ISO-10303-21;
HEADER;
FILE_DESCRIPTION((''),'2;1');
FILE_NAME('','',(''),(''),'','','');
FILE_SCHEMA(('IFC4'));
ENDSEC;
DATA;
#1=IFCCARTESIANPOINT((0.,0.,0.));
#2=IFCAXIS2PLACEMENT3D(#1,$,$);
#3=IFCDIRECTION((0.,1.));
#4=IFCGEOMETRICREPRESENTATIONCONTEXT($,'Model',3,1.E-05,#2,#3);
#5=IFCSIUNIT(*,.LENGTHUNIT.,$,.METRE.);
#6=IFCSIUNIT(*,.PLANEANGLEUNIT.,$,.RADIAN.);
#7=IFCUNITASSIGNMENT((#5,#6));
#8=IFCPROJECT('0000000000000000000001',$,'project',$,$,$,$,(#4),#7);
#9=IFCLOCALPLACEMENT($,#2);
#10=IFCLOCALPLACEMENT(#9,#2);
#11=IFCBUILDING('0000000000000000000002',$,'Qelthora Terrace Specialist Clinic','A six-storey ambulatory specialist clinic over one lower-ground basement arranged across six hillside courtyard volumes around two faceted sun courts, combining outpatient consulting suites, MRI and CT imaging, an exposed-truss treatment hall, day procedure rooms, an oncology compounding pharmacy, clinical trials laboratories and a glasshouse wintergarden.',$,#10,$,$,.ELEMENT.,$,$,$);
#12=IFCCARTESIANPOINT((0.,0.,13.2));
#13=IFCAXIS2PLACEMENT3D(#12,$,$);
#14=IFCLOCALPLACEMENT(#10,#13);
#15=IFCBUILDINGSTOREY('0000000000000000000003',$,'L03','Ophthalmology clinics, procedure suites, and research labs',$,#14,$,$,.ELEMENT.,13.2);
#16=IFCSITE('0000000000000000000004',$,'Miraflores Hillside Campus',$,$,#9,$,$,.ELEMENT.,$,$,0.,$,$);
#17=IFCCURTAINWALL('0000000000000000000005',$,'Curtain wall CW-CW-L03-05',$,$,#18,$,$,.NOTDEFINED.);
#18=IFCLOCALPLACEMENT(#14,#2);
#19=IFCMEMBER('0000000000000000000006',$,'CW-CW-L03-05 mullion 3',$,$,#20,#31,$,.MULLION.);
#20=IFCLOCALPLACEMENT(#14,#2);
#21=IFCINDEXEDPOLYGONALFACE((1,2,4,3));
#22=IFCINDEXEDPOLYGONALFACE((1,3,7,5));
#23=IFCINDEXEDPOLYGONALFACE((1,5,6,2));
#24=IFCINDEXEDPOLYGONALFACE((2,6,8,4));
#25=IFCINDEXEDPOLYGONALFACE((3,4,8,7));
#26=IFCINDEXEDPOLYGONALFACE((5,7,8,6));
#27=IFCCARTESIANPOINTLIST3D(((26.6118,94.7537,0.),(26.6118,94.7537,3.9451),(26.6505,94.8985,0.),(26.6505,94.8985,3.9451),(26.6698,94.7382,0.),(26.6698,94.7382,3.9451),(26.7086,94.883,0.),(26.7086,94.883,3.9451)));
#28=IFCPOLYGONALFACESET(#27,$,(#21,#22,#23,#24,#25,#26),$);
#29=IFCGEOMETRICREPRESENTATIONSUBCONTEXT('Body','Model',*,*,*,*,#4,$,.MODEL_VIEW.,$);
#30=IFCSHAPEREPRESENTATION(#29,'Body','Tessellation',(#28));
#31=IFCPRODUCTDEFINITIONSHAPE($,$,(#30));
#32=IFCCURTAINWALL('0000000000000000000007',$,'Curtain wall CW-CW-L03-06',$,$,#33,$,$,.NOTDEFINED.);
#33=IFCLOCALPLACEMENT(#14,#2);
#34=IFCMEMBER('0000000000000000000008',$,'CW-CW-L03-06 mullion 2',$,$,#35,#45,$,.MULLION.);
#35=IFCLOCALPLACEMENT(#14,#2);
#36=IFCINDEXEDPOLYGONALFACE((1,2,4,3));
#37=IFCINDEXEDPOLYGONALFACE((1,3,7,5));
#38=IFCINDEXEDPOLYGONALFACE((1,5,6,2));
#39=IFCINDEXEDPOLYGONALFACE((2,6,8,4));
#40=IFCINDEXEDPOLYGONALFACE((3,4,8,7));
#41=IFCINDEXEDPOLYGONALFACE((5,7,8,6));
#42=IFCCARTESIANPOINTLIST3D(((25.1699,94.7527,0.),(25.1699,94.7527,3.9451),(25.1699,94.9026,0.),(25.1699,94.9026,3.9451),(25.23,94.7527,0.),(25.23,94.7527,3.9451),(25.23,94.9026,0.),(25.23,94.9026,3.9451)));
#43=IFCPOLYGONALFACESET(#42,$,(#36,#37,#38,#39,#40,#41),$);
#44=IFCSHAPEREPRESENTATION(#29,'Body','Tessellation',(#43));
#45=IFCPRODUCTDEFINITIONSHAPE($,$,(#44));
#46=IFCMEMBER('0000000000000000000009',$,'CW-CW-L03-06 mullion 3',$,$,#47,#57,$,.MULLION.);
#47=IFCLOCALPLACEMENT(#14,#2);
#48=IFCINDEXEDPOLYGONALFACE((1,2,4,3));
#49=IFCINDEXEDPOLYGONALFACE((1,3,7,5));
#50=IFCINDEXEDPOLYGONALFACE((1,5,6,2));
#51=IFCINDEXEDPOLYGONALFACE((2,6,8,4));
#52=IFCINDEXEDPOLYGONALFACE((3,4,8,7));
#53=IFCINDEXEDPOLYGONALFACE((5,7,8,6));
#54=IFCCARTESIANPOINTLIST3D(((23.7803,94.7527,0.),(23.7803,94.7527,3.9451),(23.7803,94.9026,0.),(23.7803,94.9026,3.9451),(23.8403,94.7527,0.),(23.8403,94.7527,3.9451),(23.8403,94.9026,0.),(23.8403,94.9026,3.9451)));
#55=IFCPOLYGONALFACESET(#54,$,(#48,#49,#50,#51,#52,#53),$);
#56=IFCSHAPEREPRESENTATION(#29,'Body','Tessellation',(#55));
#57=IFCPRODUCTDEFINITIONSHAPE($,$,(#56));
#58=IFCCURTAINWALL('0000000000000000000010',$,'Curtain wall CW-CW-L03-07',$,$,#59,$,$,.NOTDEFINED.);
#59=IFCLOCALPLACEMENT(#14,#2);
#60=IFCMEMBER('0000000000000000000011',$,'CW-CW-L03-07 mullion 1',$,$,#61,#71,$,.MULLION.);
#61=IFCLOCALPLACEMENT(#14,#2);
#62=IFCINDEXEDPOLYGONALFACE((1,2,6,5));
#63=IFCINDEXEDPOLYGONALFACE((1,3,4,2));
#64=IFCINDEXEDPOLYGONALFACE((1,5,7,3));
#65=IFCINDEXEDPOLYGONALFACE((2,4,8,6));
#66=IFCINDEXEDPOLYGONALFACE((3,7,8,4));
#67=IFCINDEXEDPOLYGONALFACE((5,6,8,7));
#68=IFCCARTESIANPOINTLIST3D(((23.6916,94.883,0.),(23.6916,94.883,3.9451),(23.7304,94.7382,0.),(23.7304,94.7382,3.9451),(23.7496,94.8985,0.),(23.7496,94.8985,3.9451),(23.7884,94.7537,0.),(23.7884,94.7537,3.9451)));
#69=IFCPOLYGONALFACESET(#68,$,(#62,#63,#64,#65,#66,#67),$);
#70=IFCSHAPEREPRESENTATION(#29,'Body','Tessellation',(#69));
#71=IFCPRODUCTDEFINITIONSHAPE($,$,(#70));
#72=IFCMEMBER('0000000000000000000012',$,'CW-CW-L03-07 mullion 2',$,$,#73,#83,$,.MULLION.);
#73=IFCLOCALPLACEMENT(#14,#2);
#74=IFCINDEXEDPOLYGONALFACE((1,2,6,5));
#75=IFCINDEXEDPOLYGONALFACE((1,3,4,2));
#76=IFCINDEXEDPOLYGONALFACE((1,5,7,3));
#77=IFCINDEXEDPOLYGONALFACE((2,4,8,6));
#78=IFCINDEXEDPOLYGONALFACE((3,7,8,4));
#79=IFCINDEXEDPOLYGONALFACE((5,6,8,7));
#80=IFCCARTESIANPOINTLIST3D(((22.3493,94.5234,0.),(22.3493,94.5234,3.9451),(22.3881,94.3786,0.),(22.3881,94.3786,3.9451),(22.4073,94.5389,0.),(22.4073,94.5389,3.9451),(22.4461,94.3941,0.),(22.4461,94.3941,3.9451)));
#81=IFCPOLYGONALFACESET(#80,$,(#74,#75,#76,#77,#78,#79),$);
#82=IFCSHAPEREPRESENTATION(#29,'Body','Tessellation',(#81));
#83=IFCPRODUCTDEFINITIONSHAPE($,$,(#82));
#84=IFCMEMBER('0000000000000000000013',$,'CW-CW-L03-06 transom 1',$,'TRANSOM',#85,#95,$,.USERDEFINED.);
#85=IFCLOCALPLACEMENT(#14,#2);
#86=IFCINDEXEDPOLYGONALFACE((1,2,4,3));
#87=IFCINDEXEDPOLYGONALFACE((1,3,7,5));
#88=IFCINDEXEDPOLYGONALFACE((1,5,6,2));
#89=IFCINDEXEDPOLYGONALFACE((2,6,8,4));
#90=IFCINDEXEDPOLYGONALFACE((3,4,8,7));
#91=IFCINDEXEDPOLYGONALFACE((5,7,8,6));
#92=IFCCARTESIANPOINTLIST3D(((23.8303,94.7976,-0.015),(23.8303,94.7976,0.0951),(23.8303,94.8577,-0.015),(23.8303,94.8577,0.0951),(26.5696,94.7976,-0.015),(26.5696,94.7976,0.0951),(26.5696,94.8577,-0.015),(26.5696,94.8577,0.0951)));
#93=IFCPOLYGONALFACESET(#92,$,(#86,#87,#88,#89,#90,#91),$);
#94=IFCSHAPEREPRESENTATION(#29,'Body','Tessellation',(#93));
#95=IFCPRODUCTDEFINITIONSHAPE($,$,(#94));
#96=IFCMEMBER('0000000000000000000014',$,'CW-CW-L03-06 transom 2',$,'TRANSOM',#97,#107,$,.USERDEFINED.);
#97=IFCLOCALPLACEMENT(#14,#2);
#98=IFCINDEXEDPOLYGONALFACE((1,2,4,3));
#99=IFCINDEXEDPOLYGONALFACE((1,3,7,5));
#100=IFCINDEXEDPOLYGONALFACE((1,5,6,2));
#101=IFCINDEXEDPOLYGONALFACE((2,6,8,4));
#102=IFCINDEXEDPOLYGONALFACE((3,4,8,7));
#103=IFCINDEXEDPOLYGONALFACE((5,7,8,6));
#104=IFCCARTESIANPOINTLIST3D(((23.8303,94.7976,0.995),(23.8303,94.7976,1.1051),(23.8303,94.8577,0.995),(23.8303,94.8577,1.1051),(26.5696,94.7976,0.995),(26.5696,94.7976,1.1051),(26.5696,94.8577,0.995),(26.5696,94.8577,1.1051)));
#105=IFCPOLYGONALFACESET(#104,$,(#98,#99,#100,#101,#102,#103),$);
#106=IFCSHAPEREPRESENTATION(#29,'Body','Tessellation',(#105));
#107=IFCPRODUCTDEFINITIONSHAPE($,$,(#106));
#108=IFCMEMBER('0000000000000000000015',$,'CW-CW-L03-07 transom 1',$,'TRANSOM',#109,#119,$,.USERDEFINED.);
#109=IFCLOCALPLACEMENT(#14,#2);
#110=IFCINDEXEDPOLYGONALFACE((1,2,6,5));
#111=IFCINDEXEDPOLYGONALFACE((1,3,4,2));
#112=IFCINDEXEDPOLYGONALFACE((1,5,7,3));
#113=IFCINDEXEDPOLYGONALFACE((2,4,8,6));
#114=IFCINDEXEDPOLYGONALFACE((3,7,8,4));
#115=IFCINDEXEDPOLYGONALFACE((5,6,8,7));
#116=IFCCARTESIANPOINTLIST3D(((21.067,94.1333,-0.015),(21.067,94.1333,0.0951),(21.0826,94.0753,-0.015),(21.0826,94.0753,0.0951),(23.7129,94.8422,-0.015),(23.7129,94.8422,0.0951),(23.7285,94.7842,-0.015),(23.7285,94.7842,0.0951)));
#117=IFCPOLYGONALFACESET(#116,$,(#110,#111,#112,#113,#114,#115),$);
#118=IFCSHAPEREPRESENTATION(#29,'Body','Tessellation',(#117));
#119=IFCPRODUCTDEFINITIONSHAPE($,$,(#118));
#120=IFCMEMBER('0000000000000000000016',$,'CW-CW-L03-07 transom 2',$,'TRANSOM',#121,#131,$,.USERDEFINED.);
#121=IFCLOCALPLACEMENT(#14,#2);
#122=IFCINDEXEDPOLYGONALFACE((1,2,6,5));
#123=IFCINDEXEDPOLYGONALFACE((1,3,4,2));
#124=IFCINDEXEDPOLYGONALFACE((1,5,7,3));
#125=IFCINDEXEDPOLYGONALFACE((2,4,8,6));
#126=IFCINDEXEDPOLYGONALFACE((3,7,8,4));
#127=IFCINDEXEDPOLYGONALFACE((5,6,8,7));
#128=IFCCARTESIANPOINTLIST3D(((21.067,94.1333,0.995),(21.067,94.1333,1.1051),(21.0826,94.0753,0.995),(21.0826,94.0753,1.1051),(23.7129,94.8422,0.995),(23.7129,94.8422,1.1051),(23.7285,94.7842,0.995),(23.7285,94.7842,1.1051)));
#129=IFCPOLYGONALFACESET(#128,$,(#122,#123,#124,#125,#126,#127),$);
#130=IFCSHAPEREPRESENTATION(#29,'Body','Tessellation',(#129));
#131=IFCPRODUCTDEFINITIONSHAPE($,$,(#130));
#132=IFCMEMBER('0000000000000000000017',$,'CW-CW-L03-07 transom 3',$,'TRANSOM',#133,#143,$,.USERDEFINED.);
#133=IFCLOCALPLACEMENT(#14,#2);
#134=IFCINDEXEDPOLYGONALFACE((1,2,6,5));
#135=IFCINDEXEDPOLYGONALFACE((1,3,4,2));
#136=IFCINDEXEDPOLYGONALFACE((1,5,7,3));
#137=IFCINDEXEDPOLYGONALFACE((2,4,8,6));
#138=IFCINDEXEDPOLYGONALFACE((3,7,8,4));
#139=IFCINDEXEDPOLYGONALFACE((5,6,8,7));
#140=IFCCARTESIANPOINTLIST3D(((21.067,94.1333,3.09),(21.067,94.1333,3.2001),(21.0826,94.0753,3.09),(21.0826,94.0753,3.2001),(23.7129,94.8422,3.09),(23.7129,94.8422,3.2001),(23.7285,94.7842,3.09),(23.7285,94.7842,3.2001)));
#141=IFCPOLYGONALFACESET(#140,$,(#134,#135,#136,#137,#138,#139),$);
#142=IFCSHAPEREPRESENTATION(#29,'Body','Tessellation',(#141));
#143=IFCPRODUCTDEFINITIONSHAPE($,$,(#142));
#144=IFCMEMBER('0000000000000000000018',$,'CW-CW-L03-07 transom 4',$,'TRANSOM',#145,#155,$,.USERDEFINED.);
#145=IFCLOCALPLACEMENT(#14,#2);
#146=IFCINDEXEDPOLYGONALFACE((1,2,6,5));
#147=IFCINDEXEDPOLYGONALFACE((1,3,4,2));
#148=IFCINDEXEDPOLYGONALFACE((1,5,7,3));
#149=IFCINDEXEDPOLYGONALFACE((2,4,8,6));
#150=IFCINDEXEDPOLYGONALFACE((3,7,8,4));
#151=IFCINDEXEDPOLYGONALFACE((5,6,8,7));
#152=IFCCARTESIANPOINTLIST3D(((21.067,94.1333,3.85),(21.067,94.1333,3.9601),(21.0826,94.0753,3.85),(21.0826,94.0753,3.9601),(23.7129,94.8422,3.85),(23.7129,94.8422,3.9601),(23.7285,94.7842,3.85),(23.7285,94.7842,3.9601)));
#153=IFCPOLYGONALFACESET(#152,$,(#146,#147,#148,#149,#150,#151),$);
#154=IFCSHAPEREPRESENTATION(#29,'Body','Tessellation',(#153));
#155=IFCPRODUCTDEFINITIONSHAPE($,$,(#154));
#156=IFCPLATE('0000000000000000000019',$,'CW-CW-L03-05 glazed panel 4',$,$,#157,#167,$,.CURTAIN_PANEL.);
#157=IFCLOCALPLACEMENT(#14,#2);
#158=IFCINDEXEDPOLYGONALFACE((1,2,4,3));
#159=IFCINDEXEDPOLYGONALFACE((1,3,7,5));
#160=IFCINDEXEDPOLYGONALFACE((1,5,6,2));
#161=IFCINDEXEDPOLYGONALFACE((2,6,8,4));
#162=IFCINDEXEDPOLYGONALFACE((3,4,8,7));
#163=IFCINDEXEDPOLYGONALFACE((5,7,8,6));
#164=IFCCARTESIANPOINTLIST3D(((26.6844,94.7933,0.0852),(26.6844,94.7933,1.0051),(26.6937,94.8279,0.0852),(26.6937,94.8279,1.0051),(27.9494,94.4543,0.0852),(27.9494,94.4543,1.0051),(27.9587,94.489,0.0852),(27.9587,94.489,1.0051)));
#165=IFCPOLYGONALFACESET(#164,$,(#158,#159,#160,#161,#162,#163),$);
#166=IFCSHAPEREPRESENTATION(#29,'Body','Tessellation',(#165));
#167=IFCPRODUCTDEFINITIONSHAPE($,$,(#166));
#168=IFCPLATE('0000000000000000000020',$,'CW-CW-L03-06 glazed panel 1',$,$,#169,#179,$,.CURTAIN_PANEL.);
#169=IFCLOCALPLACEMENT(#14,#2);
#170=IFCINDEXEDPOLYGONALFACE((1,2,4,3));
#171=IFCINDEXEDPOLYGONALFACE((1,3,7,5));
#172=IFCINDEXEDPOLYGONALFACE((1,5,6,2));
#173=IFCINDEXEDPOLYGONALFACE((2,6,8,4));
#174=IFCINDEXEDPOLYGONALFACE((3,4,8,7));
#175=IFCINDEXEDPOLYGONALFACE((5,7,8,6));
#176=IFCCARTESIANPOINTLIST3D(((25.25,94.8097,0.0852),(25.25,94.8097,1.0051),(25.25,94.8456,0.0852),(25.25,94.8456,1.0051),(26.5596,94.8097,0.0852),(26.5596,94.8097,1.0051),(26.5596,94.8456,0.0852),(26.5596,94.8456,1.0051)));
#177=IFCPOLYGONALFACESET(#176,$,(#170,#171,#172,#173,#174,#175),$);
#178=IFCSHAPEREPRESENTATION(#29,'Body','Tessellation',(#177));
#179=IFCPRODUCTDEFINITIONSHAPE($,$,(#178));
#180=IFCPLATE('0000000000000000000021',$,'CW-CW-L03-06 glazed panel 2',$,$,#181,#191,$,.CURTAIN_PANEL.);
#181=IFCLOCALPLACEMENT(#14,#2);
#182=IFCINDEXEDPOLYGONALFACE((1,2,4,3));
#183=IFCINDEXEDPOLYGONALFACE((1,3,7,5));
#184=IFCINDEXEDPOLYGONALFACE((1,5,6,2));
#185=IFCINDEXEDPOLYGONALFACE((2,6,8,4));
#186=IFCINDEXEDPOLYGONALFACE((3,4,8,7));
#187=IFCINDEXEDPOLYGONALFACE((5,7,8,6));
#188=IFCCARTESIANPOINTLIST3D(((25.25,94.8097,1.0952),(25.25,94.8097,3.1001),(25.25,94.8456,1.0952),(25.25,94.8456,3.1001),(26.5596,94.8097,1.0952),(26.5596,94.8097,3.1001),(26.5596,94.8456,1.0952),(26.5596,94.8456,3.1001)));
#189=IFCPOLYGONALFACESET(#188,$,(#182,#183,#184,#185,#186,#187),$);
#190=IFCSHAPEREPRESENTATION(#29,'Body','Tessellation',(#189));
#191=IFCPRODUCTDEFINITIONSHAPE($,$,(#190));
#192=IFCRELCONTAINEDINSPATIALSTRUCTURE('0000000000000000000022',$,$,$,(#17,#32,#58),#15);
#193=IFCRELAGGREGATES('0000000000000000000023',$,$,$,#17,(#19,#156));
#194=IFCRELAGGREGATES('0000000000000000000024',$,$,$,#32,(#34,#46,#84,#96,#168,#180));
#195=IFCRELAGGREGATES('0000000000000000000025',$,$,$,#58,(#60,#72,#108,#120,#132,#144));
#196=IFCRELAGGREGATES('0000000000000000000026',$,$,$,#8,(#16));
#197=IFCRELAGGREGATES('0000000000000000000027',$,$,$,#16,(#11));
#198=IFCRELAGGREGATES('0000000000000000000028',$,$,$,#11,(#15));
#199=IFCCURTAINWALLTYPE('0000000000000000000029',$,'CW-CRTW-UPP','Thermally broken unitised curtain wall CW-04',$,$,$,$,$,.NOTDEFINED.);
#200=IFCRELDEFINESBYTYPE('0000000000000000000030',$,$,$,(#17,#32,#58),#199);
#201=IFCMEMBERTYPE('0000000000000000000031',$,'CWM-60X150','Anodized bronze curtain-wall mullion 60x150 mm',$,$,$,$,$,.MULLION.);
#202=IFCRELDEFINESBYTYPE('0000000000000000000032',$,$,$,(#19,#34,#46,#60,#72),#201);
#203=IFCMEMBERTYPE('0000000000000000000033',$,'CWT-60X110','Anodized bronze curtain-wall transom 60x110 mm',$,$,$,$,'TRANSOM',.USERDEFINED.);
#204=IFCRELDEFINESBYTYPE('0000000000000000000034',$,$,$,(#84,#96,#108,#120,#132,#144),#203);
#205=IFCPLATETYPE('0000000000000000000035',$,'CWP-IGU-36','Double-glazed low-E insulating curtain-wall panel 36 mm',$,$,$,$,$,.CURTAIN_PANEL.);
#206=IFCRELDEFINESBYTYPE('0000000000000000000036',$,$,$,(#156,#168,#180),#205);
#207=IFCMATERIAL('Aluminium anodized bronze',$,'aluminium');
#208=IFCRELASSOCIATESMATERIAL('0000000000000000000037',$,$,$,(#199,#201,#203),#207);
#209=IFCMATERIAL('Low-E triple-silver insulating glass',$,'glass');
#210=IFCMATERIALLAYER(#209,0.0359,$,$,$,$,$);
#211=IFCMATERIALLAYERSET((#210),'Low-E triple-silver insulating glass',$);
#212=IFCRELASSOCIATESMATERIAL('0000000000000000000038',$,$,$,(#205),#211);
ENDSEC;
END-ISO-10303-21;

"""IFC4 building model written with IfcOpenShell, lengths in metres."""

from ifc_helpers import new_model, si_unit, direction, frame, origin, origin_2d, place, context, subcontext, project, spatial, rectangle, extrude, material, layer, layer_set, material_profile, profile_set, type_object, element, aggregate, save


model = new_model("IFC4")

# Units and contexts
model_context = context("Model", 3, precision=1e-05, world=origin(), true_north=direction((0.0, 1.0)))
body_context = subcontext(model_context, "Body", "Model", "MODEL_VIEW")
ifc_project = project(units=[si_unit("LENGTHUNIT", "METRE"), si_unit("PLANEANGLEUNIT", "RADIAN")], contexts=[model_context])

# Site, building, storey
site_placement = place(None, origin())
site = spatial("IfcSite", under=ifc_project, at=site_placement, Name="Miraflores Hillside Campus", CompositionType="ELEMENT", RefElevation=0.0)
building_placement = place(site_placement, origin())
building = spatial("IfcBuilding", under=site, at=building_placement, Name="Qelthora Terrace Specialist Clinic", Description="A six-storey ambulatory specialist clinic over one lower-ground basement arranged across six hillside courtyard volumes around two faceted sun courts, combining outpatient consulting suites, MRI and CT imaging, an exposed-truss treatment hall, day procedure rooms, an oncology compounding pharmacy, clinical trials laboratories and a glasshouse wintergarden.", CompositionType="ELEMENT")
storey_placement = place(building_placement, frame((0.0, 0.0, 13.2)))
storey = spatial("IfcBuildingStorey", under=building, at=storey_placement, Name="L03", Description="Ophthalmology clinics, procedure suites, and research labs", CompositionType="ELEMENT", Elevation=13.2)

# Curtain wall, member
ifc_material_1 = material(Name="Aluminium anodized bronze", Category="aluminium")
curtain_wall_type = type_object("IfcCurtainWallType", Name="CW-CRTW-UPP", Description="Thermally broken unitised curtain wall CW-04", PredefinedType="NOTDEFINED", material=ifc_material_1)
curtain_wall_1_placement = place(storey_placement, origin())
curtain_wall_1 = element("IfcCurtainWall", 1, at=curtain_wall_1_placement, inside=storey, type_object=curtain_wall_type, Name="Curtain wall CW-CW-L03-05", PredefinedType="NOTDEFINED")
ifc_material_profile_1 = material_profile(ifc_material_1, rectangle(XDim=0.0601, YDim=0.1499, at=origin_2d()), Name="CWM60X150")
ifc_profile_set_1 = profile_set([ifc_material_profile_1], Name="Aluminium anodized bronze")
member_type_1 = type_object("IfcMemberType", Name="CWM-60X150", Description="Anodized bronze curtain-wall mullion 60x150 mm", PredefinedType="MULLION", material=ifc_profile_set_1)
member_1_placement = place(storey_placement, frame((26.6602, 94.8184, 0.0), z_axis=(0.0, 0.0, 1.0), x_axis=(-0.965925, 0.25882, 0.0)))
member_1 = element("IfcMember", 2, at=member_1_placement, type_object=member_type_1, Name="CW-CW-L03-05 mullion 3", PredefinedType="MULLION", context=body_context, shape_type="SweptSolid", body=[
    extrude(rectangle(XDim=0.0601, YDim=0.1499, at=origin_2d()), origin(), (0.0, 0.0, 1.0), 3.9451),
])

# Curtain walls, members
curtain_wall_2_placement = place(storey_placement, origin())
curtain_wall_2 = element("IfcCurtainWall", 3, at=curtain_wall_2_placement, inside=storey, type_object=curtain_wall_type, Name="Curtain wall CW-CW-L03-06", PredefinedType="NOTDEFINED")
member_2_placement = place(storey_placement, frame((25.2, 94.8276, 0.0), z_axis=(0.0, 0.0, 1.0), x_axis=(-1.0, 0.0, 0.0)))
member_2 = element("IfcMember", 4, at=member_2_placement, type_object=member_type_1, Name="CW-CW-L03-06 mullion 2", PredefinedType="MULLION", context=body_context, shape_type="SweptSolid", body=[
    extrude(rectangle(XDim=0.0601, YDim=0.1499, at=origin_2d()), origin(), (0.0, 0.0, 1.0), 3.9451),
])
member_3_placement = place(storey_placement, frame((23.8103, 94.8276, 0.0), z_axis=(0.0, 0.0, 1.0), x_axis=(-1.0, 0.0, 0.0)))
member_3 = element("IfcMember", 5, at=member_3_placement, type_object=member_type_1, Name="CW-CW-L03-06 mullion 3", PredefinedType="MULLION", context=body_context, shape_type="SweptSolid", body=[
    extrude(rectangle(XDim=0.0601, YDim=0.1499, at=origin_2d()), origin(), (0.0, 0.0, 1.0), 3.9451),
])
curtain_wall_3_placement = place(storey_placement, origin())
curtain_wall_3 = element("IfcCurtainWall", 6, at=curtain_wall_3_placement, inside=storey, type_object=curtain_wall_type, Name="Curtain wall CW-CW-L03-07", PredefinedType="NOTDEFINED")
member_4_placement = place(storey_placement, frame((23.74, 94.8184, 0.0), z_axis=(0.0, 0.0, 1.0), x_axis=(-0.965925, -0.25882, 0.0)))
member_4 = element("IfcMember", 7, at=member_4_placement, type_object=member_type_1, Name="CW-CW-L03-07 mullion 1", PredefinedType="MULLION", context=body_context, shape_type="SweptSolid", body=[
    extrude(rectangle(XDim=0.0601, YDim=0.1499, at=origin_2d()), origin(), (0.0, 0.0, 1.0), 3.9451),
])
member_5_placement = place(storey_placement, frame((22.3977, 94.4587, 0.0), z_axis=(0.0, 0.0, 1.0), x_axis=(-0.965925, -0.25882, 0.0)))
member_5 = element("IfcMember", 8, at=member_5_placement, type_object=member_type_1, Name="CW-CW-L03-07 mullion 2", PredefinedType="MULLION", context=body_context, shape_type="SweptSolid", body=[
    extrude(rectangle(XDim=0.0601, YDim=0.1499, at=origin_2d()), origin(), (0.0, 0.0, 1.0), 3.9451),
])

# Members
ifc_material_profile_2 = material_profile(ifc_material_1, rectangle(XDim=0.0601, YDim=0.1101, at=origin_2d()), Name="CWT60X110")
ifc_profile_set_2 = profile_set([ifc_material_profile_2], Name="Aluminium anodized bronze")
member_type_2 = type_object("IfcMemberType", Name="CWT-60X110", Description="Anodized bronze curtain-wall transom 60x110 mm", ElementType="TRANSOM", PredefinedType="USERDEFINED", material=ifc_profile_set_2)
member_6_placement = place(storey_placement, frame((26.5696, 94.8276, 0.04), z_axis=(-1.0, 0.0, 0.0), x_axis=(0.0, -1.0, 0.0)))
member_6 = element("IfcMember", 9, at=member_6_placement, type_object=member_type_2, Name="CW-CW-L03-06 transom 1", ObjectType="TRANSOM", PredefinedType="USERDEFINED", context=body_context, shape_type="SweptSolid", body=[
    extrude(rectangle(XDim=0.0601, YDim=0.1101, at=origin_2d()), origin(), (0.0, 0.0, 1.0), 2.7393),
])
member_7_placement = place(storey_placement, frame((26.5696, 94.8276, 1.05), z_axis=(-1.0, 0.0, 0.0), x_axis=(0.0, -1.0, 0.0)))
member_7 = element("IfcMember", 10, at=member_7_placement, type_object=member_type_2, Name="CW-CW-L03-06 transom 2", ObjectType="TRANSOM", PredefinedType="USERDEFINED", context=body_context, shape_type="SweptSolid", body=[
    extrude(rectangle(XDim=0.0601, YDim=0.1101, at=origin_2d()), origin(), (0.0, 0.0, 1.0), 2.7393),
])
member_8_placement = place(storey_placement, frame((23.7207, 94.8132, 0.04), z_axis=(-0.965927, -0.258816, 0.0), x_axis=(0.258816, -0.965927, 0.0)))
member_8 = element("IfcMember", 11, at=member_8_placement, type_object=member_type_2, Name="CW-CW-L03-07 transom 1", ObjectType="TRANSOM", PredefinedType="USERDEFINED", context=body_context, shape_type="SweptSolid", body=[
    extrude(rectangle(XDim=0.0601, YDim=0.1101, at=origin_2d()), origin(), (0.0, 0.0, 1.0), 2.7393),
])
member_9_placement = place(storey_placement, frame((23.7207, 94.8132, 1.05), z_axis=(-0.965927, -0.258816, 0.0), x_axis=(0.258816, -0.965927, 0.0)))
member_9 = element("IfcMember", 12, at=member_9_placement, type_object=member_type_2, Name="CW-CW-L03-07 transom 2", ObjectType="TRANSOM", PredefinedType="USERDEFINED", context=body_context, shape_type="SweptSolid", body=[
    extrude(rectangle(XDim=0.0601, YDim=0.1101, at=origin_2d()), origin(), (0.0, 0.0, 1.0), 2.7393),
])
member_10_placement = place(storey_placement, frame((23.7207, 94.8132, 3.145), z_axis=(-0.965927, -0.258816, 0.0), x_axis=(0.258816, -0.965927, 0.0)))
member_10 = element("IfcMember", 13, at=member_10_placement, type_object=member_type_2, Name="CW-CW-L03-07 transom 3", ObjectType="TRANSOM", PredefinedType="USERDEFINED", context=body_context, shape_type="SweptSolid", body=[
    extrude(rectangle(XDim=0.0601, YDim=0.1101, at=origin_2d()), origin(), (0.0, 0.0, 1.0), 2.7393),
])
member_11_placement = place(storey_placement, frame((23.7207, 94.8132, 3.905), z_axis=(-0.965927, -0.258816, 0.0), x_axis=(0.258816, -0.965927, 0.0)))
member_11 = element("IfcMember", 14, at=member_11_placement, type_object=member_type_2, Name="CW-CW-L03-07 transom 4", ObjectType="TRANSOM", PredefinedType="USERDEFINED", context=body_context, shape_type="SweptSolid", body=[
    extrude(rectangle(XDim=0.0601, YDim=0.1101, at=origin_2d()), origin(), (0.0, 0.0, 1.0), 2.7393),
])

# Plates
ifc_material_2 = material(Name="Low-E triple-silver insulating glass", Category="glass")
ifc_layer = layer(ifc_material_2, 0.0359)
ifc_layer_set = layer_set([ifc_layer], Name="Low-E triple-silver insulating glass")
plate_type = type_object("IfcPlateType", Name="CWP-IGU-36", Description="Double-glazed low-E insulating curtain-wall panel 36 mm", PredefinedType="CURTAIN_PANEL", material=ifc_layer_set)
plate_1_placement = place(storey_placement, frame((27.3215, 94.6411, 0.0852), z_axis=(0.0, 0.0, 1.0), x_axis=(-0.965925, 0.258821, 0.0)))
plate_1 = element("IfcPlate", 15, at=plate_1_placement, type_object=plate_type, Name="CW-CW-L03-05 glazed panel 4", PredefinedType="CURTAIN_PANEL", context=body_context, shape_type="SweptSolid", body=[
    extrude(rectangle(XDim=1.3096, YDim=0.0359, at=origin_2d()), origin(), (0.0, 0.0, 1.0), 0.9199),
])
aggregate(curtain_wall_1, [member_1, plate_1])
plate_2_placement = place(storey_placement, frame((25.9048, 94.8276, 0.0852), z_axis=(0.0, 0.0, 1.0), x_axis=(-1.0, 0.0, 0.0)))
plate_2 = element("IfcPlate", 16, at=plate_2_placement, type_object=plate_type, Name="CW-CW-L03-06 glazed panel 1", PredefinedType="CURTAIN_PANEL", context=body_context, shape_type="SweptSolid", body=[
    extrude(rectangle(XDim=1.3096, YDim=0.0359, at=origin_2d()), origin(), (0.0, 0.0, 1.0), 0.9199),
])
plate_3_placement = place(storey_placement, frame((25.9048, 94.8276, 1.0952), z_axis=(0.0, 0.0, 1.0), x_axis=(-1.0, 0.0, 0.0)))
plate_3 = element("IfcPlate", 17, at=plate_3_placement, type_object=plate_type, Name="CW-CW-L03-06 glazed panel 2", PredefinedType="CURTAIN_PANEL", context=body_context, shape_type="SweptSolid", body=[
    extrude(rectangle(XDim=1.3096, YDim=0.0359, at=origin_2d()), origin(), (0.0, 0.0, 1.0), 2.0049),
])
aggregate(curtain_wall_2, [member_2, member_3, member_6, member_7, plate_2, plate_3])
aggregate(curtain_wall_3, [member_4, member_5, member_8, member_9, member_10, member_11])

save(model, "model.ifc")
